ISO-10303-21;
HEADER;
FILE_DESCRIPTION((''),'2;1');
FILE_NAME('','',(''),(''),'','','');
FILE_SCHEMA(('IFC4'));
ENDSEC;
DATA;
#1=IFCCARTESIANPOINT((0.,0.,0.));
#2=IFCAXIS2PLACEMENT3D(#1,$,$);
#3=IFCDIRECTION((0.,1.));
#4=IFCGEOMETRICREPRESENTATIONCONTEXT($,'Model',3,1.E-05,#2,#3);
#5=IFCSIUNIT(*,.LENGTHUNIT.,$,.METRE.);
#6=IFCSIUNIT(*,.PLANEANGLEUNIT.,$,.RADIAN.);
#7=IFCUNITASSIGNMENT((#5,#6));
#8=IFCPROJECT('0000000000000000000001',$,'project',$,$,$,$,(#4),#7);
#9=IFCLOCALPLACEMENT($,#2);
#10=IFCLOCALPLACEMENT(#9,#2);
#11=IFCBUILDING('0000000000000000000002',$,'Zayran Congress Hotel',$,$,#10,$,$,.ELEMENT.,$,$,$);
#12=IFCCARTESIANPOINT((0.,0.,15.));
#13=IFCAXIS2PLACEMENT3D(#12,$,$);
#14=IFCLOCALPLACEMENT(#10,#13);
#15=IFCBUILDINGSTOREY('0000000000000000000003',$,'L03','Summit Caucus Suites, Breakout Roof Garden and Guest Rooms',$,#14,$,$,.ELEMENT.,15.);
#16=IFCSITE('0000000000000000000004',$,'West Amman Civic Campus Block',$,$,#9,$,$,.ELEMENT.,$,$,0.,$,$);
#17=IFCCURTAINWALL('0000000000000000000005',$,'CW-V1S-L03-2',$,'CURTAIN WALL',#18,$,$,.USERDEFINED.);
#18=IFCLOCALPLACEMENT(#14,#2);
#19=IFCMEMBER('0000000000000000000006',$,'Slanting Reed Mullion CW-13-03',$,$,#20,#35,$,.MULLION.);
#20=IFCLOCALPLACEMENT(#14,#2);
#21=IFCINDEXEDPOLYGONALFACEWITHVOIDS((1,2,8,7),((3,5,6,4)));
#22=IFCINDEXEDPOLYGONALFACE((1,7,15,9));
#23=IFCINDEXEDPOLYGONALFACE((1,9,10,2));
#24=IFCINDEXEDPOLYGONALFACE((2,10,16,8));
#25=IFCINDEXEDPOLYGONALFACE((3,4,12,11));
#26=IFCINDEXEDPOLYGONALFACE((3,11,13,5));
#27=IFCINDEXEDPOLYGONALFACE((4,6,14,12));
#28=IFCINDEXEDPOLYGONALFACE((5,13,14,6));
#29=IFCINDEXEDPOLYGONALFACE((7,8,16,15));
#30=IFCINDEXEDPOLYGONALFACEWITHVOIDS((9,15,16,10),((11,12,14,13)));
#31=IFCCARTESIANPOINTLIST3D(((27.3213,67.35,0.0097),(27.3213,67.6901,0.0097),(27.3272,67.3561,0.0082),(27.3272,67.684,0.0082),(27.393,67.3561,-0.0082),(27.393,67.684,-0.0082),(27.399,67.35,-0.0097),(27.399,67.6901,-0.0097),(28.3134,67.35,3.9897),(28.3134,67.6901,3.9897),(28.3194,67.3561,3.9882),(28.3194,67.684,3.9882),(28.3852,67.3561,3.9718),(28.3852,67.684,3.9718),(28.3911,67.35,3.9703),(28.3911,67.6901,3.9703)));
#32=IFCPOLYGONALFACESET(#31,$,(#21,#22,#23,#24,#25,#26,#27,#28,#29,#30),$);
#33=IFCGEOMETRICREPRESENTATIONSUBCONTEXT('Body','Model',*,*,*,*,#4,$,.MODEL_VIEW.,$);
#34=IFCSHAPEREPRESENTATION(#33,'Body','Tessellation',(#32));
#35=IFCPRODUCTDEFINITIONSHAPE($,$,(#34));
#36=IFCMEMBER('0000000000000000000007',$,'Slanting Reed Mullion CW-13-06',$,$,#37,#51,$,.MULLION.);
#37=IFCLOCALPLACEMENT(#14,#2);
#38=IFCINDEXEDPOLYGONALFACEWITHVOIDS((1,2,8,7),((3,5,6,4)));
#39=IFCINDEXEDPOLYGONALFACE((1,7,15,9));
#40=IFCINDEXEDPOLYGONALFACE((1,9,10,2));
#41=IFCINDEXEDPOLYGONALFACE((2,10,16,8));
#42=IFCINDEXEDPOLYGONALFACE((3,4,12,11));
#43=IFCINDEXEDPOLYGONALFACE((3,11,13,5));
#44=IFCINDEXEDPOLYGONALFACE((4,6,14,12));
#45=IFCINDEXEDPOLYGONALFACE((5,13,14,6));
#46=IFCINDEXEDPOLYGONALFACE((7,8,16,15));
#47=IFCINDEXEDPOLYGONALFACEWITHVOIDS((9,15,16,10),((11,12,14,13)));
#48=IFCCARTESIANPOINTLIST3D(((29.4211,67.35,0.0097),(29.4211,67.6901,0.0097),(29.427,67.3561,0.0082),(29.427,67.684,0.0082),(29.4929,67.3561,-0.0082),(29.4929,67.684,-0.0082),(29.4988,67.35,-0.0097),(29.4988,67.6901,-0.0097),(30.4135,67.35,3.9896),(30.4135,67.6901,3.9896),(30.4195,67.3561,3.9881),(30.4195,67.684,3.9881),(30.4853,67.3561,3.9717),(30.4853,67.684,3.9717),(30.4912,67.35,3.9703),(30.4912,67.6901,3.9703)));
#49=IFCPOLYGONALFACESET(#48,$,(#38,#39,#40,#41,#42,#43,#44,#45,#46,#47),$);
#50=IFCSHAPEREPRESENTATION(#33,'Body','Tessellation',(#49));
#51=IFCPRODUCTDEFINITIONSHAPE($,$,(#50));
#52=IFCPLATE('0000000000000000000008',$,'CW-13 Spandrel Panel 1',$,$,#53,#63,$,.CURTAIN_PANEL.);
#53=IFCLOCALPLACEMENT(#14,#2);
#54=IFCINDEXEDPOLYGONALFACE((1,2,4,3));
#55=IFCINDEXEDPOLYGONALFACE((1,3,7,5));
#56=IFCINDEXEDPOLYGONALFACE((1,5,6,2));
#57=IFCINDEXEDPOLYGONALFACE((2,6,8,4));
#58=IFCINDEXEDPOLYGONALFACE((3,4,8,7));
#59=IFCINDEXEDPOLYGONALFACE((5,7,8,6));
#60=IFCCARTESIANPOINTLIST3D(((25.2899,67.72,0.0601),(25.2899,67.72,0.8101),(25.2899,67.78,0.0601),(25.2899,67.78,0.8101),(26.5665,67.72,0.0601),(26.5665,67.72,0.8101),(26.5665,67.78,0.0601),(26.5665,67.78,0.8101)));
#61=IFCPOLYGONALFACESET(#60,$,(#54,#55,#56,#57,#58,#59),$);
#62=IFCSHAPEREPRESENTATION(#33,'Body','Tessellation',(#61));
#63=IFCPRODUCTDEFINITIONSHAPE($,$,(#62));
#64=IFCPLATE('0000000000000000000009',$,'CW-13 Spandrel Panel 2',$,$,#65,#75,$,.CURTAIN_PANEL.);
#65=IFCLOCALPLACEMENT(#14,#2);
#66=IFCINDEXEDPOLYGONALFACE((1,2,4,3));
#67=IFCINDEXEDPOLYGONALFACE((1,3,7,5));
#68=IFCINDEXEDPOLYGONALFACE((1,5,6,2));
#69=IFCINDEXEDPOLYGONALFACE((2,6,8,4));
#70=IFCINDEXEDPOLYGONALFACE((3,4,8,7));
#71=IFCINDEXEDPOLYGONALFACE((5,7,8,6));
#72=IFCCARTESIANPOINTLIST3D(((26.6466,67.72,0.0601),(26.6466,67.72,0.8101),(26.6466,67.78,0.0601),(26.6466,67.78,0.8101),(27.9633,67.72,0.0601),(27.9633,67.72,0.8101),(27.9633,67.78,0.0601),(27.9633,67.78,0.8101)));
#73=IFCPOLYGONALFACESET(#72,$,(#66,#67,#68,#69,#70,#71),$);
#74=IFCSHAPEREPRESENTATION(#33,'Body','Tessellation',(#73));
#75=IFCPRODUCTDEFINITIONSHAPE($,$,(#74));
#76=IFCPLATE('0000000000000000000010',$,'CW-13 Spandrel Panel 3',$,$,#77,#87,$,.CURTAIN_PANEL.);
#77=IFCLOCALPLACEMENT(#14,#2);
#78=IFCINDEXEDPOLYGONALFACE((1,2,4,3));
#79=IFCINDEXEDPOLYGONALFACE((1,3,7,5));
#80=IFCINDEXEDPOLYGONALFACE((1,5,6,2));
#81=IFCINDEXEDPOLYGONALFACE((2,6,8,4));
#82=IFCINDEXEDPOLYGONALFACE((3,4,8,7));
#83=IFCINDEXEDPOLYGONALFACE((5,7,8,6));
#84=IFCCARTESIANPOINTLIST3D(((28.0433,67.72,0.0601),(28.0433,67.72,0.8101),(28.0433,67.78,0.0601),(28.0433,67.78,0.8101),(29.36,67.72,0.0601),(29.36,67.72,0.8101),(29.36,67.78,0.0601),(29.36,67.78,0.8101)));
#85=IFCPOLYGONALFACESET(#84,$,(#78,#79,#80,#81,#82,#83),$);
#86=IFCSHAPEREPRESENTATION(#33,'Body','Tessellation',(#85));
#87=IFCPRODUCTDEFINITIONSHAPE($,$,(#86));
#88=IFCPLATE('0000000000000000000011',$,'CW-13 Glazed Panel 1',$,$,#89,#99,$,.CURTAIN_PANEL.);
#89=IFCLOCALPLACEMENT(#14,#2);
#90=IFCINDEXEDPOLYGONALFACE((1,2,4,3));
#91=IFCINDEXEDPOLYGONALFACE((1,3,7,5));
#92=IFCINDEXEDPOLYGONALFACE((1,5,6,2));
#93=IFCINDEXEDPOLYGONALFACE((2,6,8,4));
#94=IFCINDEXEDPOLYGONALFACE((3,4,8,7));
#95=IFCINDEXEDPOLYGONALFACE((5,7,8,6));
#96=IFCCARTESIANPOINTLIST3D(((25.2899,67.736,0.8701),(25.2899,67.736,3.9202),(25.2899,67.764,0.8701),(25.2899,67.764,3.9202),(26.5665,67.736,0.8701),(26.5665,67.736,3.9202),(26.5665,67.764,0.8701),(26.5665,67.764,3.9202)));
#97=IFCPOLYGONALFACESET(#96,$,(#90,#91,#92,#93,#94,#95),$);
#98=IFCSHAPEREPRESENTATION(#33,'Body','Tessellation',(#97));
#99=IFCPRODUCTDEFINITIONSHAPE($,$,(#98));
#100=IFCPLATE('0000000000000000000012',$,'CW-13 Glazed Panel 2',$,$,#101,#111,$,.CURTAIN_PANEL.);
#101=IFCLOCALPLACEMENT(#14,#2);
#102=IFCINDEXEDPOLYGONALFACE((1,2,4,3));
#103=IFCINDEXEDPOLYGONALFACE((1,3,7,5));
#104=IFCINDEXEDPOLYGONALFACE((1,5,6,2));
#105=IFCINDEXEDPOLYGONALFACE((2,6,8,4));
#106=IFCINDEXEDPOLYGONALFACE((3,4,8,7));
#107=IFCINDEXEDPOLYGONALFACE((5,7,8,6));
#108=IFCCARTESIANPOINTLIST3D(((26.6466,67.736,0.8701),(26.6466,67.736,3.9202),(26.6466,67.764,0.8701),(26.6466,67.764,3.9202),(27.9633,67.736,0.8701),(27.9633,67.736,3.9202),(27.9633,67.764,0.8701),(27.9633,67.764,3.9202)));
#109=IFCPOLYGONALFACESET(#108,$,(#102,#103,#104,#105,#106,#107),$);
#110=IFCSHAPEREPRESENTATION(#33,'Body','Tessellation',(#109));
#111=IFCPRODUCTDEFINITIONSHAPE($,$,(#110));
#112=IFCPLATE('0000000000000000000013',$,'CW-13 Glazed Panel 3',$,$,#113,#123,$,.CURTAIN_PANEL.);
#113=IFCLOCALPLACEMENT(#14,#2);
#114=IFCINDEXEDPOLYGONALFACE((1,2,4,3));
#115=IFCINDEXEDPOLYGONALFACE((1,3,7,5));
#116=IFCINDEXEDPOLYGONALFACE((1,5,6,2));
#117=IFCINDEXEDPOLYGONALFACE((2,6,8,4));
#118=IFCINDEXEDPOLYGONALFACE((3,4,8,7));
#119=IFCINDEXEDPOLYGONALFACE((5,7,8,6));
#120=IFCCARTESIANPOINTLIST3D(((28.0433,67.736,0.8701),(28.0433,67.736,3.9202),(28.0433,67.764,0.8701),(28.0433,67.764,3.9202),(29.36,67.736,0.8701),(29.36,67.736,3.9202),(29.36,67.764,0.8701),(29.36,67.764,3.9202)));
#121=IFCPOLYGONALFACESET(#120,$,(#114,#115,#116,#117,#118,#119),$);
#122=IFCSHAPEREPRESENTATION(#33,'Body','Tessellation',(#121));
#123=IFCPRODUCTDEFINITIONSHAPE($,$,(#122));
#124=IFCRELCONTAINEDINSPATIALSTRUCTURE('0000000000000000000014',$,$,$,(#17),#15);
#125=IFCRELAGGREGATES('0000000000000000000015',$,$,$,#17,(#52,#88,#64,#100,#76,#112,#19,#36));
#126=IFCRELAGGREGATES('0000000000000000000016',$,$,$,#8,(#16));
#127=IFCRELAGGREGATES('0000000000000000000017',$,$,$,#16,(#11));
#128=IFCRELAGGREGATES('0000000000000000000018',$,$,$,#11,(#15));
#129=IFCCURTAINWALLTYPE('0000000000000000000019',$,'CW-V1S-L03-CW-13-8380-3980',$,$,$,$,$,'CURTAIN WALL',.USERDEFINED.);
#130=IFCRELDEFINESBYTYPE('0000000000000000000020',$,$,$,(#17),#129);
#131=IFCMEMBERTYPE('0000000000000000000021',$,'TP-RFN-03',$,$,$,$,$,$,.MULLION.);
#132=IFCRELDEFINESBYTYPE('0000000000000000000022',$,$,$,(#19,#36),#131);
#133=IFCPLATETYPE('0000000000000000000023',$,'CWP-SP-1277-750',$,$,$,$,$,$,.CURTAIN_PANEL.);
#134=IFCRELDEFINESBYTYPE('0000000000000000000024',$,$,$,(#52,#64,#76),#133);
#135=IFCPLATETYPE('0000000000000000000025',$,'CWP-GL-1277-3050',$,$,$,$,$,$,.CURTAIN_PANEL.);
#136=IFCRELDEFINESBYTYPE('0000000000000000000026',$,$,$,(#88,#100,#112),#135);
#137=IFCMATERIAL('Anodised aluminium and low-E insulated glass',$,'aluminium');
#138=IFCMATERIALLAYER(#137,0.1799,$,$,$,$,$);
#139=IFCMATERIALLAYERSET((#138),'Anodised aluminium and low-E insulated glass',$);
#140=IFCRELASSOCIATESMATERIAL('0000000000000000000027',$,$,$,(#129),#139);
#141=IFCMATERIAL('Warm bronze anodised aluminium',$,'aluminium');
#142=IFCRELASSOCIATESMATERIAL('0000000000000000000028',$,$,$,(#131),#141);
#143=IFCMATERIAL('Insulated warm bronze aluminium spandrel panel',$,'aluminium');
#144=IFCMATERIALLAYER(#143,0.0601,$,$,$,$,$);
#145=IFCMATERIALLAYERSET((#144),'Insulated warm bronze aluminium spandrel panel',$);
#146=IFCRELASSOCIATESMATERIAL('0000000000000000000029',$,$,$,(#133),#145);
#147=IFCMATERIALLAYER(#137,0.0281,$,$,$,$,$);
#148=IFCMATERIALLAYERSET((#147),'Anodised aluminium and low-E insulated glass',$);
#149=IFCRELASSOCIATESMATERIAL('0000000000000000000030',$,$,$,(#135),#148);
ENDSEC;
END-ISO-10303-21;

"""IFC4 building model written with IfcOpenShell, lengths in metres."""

from ifc_helpers import new_model, si_unit, direction, frame, origin, origin_2d, place, context, subcontext, project, spatial, rectangle, hollow_rectangle, extrude, material, layer, layer_set, material_profile, profile_set, type_object, element, aggregate, save


model = new_model("IFC4")

# Units and contexts
model_context = context("Model", 3, precision=1e-05, world=origin(), true_north=direction((0.0, 1.0)))
body_context = subcontext(model_context, "Body", "Model", "MODEL_VIEW")
ifc_project = project(units=[si_unit("LENGTHUNIT", "METRE"), si_unit("PLANEANGLEUNIT", "RADIAN")], contexts=[model_context])

# Site, building, storey
site_placement = place(None, origin())
site = spatial("IfcSite", under=ifc_project, at=site_placement, Name="West Amman Civic Campus Block", CompositionType="ELEMENT", RefElevation=0.0)
building_placement = place(site_placement, origin())
building = spatial("IfcBuilding", under=site, at=building_placement, Name="Zayran Congress Hotel", CompositionType="ELEMENT")
storey_placement = place(building_placement, frame((0.0, 0.0, 15.0)))
storey = spatial("IfcBuildingStorey", under=building, at=storey_placement, Name="L03", Description="Summit Caucus Suites, Breakout Roof Garden and Guest Rooms", CompositionType="ELEMENT", Elevation=15.0)

# Curtain wall, members, plates
ifc_material_1 = material(Name="Anodised aluminium and low-E insulated glass", Category="aluminium")
ifc_layer_1 = layer(ifc_material_1, 0.1799)
ifc_layer_set_1 = layer_set([ifc_layer_1], Name="Anodised aluminium and low-E insulated glass")
curtain_wall_type = type_object("IfcCurtainWallType", Name="CW-V1S-L03-CW-13-8380-3980", ElementType="CURTAIN WALL", PredefinedType="USERDEFINED", material=ifc_layer_set_1)
curtain_wall_placement = place(storey_placement, origin())
curtain_wall = element("IfcCurtainWall", 1, at=curtain_wall_placement, inside=storey, type_object=curtain_wall_type, Name="CW-V1S-L03-2", ObjectType="CURTAIN WALL", PredefinedType="USERDEFINED")
ifc_material_2 = material(Name="Warm bronze anodised aluminium", Category="aluminium")
ifc_material_profile_1 = material_profile(ifc_material_2, hollow_rectangle(XDim=0.0801, YDim=0.3401, WallThickness=0.0061, at=origin_2d()), Name="RHS 340x80x6")
ifc_profile_set_1 = profile_set([ifc_material_profile_1], Name="Warm bronze anodised aluminium")
member_type_1 = type_object("IfcMemberType", Name="TP-RFN-03", PredefinedType="MULLION", material=ifc_profile_set_1)
member_1_placement = place(storey_placement, frame((27.3601, 67.52, 0.0), z_axis=(0.241891, 0.0, 0.970303), x_axis=(-0.970303, 0.0, 0.241891)))
member_1 = element("IfcMember", 2, at=member_1_placement, type_object=member_type_1, Name="Slanting Reed Mullion CW-13-03", PredefinedType="MULLION", context=body_context, shape_type="SweptSolid", body=[
    extrude(hollow_rectangle(XDim=0.0801, YDim=0.3401, WallThickness=0.0061, at=origin_2d()), origin(), (0.0, 0.0, 1.0), 4.1018),
])
member_2_placement = place(storey_placement, frame((29.46, 67.52, 0.0), z_axis=(0.241947, 0.0, 0.970289), x_axis=(-0.970289, 0.0, 0.241947)))
member_2 = element("IfcMember", 3, at=member_2_placement, type_object=member_type_1, Name="Slanting Reed Mullion CW-13-06", PredefinedType="MULLION", context=body_context, shape_type="SweptSolid", body=[
    extrude(hollow_rectangle(XDim=0.0801, YDim=0.3401, WallThickness=0.0061, at=origin_2d()), origin(), (0.0, 0.0, 1.0), 4.1018),
])
ifc_material_3 = material(Name="Insulated warm bronze aluminium spandrel panel", Category="aluminium")
ifc_layer_2 = layer(ifc_material_3, 0.0601)
ifc_layer_set_2 = layer_set([ifc_layer_2], Name="Insulated warm bronze aluminium spandrel panel")
plate_type_1 = type_object("IfcPlateType", Name="CWP-SP-1277-750", PredefinedType="CURTAIN_PANEL", material=ifc_layer_set_2)
plate_1_placement = place(storey_placement, frame((25.9282, 67.75, 0.0601), z_axis=(0.0, 0.0, 1.0), x_axis=(1.0, 0.0, 0.0)))
plate_1 = element("IfcPlate", 4, at=plate_1_placement, type_object=plate_type_1, Name="CW-13 Spandrel Panel 1", PredefinedType="CURTAIN_PANEL", context=body_context, shape_type="SweptSolid", body=[
    extrude(rectangle(XDim=1.2766, YDim=0.0601, at=origin_2d()), origin(), (0.0, 0.0, 1.0), 0.75),
])
plate_2_placement = place(storey_placement, frame((27.3049, 67.75, 0.0601), z_axis=(0.0, 0.0, 1.0), x_axis=(1.0, 0.0, 0.0)))
plate_2 = element("IfcPlate", 5, at=plate_2_placement, type_object=plate_type_1, Name="CW-13 Spandrel Panel 2", PredefinedType="CURTAIN_PANEL", context=body_context, shape_type="SweptSolid", body=[
    extrude(rectangle(XDim=1.3167, YDim=0.0601, at=origin_2d()), origin(), (0.0, 0.0, 1.0), 0.75),
])
plate_3_placement = place(storey_placement, frame((28.7017, 67.75, 0.0601), z_axis=(0.0, 0.0, 1.0), x_axis=(1.0, 0.0, 0.0)))
plate_3 = element("IfcPlate", 6, at=plate_3_placement, type_object=plate_type_1, Name="CW-13 Spandrel Panel 3", PredefinedType="CURTAIN_PANEL", context=body_context, shape_type="SweptSolid", body=[
    extrude(rectangle(XDim=1.3167, YDim=0.0601, at=origin_2d()), origin(), (0.0, 0.0, 1.0), 0.75),
])
ifc_layer_3 = layer(ifc_material_1, 0.0281)
ifc_layer_set_3 = layer_set([ifc_layer_3], Name="Anodised aluminium and low-E insulated glass")
plate_type_2 = type_object("IfcPlateType", Name="CWP-GL-1277-3050", PredefinedType="CURTAIN_PANEL", material=ifc_layer_set_3)
plate_4_placement = place(storey_placement, frame((25.9282, 67.75, 0.8701), z_axis=(0.0, 0.0, 1.0), x_axis=(1.0, 0.0, 0.0)))
plate_4 = element("IfcPlate", 7, at=plate_4_placement, type_object=plate_type_2, Name="CW-13 Glazed Panel 1", PredefinedType="CURTAIN_PANEL", context=body_context, shape_type="SweptSolid", body=[
    extrude(rectangle(XDim=1.2766, YDim=0.0281, at=origin_2d()), origin(), (0.0, 0.0, 1.0), 3.05),
])
plate_5_placement = place(storey_placement, frame((27.3049, 67.75, 0.8701), z_axis=(0.0, 0.0, 1.0), x_axis=(1.0, 0.0, 0.0)))
plate_5 = element("IfcPlate", 8, at=plate_5_placement, type_object=plate_type_2, Name="CW-13 Glazed Panel 2", PredefinedType="CURTAIN_PANEL", context=body_context, shape_type="SweptSolid", body=[
    extrude(rectangle(XDim=1.3167, YDim=0.0281, at=origin_2d()), origin(), (0.0, 0.0, 1.0), 3.05),
])
plate_6_placement = place(storey_placement, frame((28.7017, 67.75, 0.8701), z_axis=(0.0, 0.0, 1.0), x_axis=(1.0, 0.0, 0.0)))
plate_6 = element("IfcPlate", 9, at=plate_6_placement, type_object=plate_type_2, Name="CW-13 Glazed Panel 3", PredefinedType="CURTAIN_PANEL", context=body_context, shape_type="SweptSolid", body=[
    extrude(rectangle(XDim=1.3167, YDim=0.0281, at=origin_2d()), origin(), (0.0, 0.0, 1.0), 3.05),
])
aggregate(curtain_wall, [plate_1, plate_4, plate_2, plate_5, plate_3, plate_6, member_1, member_2])

save(model, "model.ifc")
